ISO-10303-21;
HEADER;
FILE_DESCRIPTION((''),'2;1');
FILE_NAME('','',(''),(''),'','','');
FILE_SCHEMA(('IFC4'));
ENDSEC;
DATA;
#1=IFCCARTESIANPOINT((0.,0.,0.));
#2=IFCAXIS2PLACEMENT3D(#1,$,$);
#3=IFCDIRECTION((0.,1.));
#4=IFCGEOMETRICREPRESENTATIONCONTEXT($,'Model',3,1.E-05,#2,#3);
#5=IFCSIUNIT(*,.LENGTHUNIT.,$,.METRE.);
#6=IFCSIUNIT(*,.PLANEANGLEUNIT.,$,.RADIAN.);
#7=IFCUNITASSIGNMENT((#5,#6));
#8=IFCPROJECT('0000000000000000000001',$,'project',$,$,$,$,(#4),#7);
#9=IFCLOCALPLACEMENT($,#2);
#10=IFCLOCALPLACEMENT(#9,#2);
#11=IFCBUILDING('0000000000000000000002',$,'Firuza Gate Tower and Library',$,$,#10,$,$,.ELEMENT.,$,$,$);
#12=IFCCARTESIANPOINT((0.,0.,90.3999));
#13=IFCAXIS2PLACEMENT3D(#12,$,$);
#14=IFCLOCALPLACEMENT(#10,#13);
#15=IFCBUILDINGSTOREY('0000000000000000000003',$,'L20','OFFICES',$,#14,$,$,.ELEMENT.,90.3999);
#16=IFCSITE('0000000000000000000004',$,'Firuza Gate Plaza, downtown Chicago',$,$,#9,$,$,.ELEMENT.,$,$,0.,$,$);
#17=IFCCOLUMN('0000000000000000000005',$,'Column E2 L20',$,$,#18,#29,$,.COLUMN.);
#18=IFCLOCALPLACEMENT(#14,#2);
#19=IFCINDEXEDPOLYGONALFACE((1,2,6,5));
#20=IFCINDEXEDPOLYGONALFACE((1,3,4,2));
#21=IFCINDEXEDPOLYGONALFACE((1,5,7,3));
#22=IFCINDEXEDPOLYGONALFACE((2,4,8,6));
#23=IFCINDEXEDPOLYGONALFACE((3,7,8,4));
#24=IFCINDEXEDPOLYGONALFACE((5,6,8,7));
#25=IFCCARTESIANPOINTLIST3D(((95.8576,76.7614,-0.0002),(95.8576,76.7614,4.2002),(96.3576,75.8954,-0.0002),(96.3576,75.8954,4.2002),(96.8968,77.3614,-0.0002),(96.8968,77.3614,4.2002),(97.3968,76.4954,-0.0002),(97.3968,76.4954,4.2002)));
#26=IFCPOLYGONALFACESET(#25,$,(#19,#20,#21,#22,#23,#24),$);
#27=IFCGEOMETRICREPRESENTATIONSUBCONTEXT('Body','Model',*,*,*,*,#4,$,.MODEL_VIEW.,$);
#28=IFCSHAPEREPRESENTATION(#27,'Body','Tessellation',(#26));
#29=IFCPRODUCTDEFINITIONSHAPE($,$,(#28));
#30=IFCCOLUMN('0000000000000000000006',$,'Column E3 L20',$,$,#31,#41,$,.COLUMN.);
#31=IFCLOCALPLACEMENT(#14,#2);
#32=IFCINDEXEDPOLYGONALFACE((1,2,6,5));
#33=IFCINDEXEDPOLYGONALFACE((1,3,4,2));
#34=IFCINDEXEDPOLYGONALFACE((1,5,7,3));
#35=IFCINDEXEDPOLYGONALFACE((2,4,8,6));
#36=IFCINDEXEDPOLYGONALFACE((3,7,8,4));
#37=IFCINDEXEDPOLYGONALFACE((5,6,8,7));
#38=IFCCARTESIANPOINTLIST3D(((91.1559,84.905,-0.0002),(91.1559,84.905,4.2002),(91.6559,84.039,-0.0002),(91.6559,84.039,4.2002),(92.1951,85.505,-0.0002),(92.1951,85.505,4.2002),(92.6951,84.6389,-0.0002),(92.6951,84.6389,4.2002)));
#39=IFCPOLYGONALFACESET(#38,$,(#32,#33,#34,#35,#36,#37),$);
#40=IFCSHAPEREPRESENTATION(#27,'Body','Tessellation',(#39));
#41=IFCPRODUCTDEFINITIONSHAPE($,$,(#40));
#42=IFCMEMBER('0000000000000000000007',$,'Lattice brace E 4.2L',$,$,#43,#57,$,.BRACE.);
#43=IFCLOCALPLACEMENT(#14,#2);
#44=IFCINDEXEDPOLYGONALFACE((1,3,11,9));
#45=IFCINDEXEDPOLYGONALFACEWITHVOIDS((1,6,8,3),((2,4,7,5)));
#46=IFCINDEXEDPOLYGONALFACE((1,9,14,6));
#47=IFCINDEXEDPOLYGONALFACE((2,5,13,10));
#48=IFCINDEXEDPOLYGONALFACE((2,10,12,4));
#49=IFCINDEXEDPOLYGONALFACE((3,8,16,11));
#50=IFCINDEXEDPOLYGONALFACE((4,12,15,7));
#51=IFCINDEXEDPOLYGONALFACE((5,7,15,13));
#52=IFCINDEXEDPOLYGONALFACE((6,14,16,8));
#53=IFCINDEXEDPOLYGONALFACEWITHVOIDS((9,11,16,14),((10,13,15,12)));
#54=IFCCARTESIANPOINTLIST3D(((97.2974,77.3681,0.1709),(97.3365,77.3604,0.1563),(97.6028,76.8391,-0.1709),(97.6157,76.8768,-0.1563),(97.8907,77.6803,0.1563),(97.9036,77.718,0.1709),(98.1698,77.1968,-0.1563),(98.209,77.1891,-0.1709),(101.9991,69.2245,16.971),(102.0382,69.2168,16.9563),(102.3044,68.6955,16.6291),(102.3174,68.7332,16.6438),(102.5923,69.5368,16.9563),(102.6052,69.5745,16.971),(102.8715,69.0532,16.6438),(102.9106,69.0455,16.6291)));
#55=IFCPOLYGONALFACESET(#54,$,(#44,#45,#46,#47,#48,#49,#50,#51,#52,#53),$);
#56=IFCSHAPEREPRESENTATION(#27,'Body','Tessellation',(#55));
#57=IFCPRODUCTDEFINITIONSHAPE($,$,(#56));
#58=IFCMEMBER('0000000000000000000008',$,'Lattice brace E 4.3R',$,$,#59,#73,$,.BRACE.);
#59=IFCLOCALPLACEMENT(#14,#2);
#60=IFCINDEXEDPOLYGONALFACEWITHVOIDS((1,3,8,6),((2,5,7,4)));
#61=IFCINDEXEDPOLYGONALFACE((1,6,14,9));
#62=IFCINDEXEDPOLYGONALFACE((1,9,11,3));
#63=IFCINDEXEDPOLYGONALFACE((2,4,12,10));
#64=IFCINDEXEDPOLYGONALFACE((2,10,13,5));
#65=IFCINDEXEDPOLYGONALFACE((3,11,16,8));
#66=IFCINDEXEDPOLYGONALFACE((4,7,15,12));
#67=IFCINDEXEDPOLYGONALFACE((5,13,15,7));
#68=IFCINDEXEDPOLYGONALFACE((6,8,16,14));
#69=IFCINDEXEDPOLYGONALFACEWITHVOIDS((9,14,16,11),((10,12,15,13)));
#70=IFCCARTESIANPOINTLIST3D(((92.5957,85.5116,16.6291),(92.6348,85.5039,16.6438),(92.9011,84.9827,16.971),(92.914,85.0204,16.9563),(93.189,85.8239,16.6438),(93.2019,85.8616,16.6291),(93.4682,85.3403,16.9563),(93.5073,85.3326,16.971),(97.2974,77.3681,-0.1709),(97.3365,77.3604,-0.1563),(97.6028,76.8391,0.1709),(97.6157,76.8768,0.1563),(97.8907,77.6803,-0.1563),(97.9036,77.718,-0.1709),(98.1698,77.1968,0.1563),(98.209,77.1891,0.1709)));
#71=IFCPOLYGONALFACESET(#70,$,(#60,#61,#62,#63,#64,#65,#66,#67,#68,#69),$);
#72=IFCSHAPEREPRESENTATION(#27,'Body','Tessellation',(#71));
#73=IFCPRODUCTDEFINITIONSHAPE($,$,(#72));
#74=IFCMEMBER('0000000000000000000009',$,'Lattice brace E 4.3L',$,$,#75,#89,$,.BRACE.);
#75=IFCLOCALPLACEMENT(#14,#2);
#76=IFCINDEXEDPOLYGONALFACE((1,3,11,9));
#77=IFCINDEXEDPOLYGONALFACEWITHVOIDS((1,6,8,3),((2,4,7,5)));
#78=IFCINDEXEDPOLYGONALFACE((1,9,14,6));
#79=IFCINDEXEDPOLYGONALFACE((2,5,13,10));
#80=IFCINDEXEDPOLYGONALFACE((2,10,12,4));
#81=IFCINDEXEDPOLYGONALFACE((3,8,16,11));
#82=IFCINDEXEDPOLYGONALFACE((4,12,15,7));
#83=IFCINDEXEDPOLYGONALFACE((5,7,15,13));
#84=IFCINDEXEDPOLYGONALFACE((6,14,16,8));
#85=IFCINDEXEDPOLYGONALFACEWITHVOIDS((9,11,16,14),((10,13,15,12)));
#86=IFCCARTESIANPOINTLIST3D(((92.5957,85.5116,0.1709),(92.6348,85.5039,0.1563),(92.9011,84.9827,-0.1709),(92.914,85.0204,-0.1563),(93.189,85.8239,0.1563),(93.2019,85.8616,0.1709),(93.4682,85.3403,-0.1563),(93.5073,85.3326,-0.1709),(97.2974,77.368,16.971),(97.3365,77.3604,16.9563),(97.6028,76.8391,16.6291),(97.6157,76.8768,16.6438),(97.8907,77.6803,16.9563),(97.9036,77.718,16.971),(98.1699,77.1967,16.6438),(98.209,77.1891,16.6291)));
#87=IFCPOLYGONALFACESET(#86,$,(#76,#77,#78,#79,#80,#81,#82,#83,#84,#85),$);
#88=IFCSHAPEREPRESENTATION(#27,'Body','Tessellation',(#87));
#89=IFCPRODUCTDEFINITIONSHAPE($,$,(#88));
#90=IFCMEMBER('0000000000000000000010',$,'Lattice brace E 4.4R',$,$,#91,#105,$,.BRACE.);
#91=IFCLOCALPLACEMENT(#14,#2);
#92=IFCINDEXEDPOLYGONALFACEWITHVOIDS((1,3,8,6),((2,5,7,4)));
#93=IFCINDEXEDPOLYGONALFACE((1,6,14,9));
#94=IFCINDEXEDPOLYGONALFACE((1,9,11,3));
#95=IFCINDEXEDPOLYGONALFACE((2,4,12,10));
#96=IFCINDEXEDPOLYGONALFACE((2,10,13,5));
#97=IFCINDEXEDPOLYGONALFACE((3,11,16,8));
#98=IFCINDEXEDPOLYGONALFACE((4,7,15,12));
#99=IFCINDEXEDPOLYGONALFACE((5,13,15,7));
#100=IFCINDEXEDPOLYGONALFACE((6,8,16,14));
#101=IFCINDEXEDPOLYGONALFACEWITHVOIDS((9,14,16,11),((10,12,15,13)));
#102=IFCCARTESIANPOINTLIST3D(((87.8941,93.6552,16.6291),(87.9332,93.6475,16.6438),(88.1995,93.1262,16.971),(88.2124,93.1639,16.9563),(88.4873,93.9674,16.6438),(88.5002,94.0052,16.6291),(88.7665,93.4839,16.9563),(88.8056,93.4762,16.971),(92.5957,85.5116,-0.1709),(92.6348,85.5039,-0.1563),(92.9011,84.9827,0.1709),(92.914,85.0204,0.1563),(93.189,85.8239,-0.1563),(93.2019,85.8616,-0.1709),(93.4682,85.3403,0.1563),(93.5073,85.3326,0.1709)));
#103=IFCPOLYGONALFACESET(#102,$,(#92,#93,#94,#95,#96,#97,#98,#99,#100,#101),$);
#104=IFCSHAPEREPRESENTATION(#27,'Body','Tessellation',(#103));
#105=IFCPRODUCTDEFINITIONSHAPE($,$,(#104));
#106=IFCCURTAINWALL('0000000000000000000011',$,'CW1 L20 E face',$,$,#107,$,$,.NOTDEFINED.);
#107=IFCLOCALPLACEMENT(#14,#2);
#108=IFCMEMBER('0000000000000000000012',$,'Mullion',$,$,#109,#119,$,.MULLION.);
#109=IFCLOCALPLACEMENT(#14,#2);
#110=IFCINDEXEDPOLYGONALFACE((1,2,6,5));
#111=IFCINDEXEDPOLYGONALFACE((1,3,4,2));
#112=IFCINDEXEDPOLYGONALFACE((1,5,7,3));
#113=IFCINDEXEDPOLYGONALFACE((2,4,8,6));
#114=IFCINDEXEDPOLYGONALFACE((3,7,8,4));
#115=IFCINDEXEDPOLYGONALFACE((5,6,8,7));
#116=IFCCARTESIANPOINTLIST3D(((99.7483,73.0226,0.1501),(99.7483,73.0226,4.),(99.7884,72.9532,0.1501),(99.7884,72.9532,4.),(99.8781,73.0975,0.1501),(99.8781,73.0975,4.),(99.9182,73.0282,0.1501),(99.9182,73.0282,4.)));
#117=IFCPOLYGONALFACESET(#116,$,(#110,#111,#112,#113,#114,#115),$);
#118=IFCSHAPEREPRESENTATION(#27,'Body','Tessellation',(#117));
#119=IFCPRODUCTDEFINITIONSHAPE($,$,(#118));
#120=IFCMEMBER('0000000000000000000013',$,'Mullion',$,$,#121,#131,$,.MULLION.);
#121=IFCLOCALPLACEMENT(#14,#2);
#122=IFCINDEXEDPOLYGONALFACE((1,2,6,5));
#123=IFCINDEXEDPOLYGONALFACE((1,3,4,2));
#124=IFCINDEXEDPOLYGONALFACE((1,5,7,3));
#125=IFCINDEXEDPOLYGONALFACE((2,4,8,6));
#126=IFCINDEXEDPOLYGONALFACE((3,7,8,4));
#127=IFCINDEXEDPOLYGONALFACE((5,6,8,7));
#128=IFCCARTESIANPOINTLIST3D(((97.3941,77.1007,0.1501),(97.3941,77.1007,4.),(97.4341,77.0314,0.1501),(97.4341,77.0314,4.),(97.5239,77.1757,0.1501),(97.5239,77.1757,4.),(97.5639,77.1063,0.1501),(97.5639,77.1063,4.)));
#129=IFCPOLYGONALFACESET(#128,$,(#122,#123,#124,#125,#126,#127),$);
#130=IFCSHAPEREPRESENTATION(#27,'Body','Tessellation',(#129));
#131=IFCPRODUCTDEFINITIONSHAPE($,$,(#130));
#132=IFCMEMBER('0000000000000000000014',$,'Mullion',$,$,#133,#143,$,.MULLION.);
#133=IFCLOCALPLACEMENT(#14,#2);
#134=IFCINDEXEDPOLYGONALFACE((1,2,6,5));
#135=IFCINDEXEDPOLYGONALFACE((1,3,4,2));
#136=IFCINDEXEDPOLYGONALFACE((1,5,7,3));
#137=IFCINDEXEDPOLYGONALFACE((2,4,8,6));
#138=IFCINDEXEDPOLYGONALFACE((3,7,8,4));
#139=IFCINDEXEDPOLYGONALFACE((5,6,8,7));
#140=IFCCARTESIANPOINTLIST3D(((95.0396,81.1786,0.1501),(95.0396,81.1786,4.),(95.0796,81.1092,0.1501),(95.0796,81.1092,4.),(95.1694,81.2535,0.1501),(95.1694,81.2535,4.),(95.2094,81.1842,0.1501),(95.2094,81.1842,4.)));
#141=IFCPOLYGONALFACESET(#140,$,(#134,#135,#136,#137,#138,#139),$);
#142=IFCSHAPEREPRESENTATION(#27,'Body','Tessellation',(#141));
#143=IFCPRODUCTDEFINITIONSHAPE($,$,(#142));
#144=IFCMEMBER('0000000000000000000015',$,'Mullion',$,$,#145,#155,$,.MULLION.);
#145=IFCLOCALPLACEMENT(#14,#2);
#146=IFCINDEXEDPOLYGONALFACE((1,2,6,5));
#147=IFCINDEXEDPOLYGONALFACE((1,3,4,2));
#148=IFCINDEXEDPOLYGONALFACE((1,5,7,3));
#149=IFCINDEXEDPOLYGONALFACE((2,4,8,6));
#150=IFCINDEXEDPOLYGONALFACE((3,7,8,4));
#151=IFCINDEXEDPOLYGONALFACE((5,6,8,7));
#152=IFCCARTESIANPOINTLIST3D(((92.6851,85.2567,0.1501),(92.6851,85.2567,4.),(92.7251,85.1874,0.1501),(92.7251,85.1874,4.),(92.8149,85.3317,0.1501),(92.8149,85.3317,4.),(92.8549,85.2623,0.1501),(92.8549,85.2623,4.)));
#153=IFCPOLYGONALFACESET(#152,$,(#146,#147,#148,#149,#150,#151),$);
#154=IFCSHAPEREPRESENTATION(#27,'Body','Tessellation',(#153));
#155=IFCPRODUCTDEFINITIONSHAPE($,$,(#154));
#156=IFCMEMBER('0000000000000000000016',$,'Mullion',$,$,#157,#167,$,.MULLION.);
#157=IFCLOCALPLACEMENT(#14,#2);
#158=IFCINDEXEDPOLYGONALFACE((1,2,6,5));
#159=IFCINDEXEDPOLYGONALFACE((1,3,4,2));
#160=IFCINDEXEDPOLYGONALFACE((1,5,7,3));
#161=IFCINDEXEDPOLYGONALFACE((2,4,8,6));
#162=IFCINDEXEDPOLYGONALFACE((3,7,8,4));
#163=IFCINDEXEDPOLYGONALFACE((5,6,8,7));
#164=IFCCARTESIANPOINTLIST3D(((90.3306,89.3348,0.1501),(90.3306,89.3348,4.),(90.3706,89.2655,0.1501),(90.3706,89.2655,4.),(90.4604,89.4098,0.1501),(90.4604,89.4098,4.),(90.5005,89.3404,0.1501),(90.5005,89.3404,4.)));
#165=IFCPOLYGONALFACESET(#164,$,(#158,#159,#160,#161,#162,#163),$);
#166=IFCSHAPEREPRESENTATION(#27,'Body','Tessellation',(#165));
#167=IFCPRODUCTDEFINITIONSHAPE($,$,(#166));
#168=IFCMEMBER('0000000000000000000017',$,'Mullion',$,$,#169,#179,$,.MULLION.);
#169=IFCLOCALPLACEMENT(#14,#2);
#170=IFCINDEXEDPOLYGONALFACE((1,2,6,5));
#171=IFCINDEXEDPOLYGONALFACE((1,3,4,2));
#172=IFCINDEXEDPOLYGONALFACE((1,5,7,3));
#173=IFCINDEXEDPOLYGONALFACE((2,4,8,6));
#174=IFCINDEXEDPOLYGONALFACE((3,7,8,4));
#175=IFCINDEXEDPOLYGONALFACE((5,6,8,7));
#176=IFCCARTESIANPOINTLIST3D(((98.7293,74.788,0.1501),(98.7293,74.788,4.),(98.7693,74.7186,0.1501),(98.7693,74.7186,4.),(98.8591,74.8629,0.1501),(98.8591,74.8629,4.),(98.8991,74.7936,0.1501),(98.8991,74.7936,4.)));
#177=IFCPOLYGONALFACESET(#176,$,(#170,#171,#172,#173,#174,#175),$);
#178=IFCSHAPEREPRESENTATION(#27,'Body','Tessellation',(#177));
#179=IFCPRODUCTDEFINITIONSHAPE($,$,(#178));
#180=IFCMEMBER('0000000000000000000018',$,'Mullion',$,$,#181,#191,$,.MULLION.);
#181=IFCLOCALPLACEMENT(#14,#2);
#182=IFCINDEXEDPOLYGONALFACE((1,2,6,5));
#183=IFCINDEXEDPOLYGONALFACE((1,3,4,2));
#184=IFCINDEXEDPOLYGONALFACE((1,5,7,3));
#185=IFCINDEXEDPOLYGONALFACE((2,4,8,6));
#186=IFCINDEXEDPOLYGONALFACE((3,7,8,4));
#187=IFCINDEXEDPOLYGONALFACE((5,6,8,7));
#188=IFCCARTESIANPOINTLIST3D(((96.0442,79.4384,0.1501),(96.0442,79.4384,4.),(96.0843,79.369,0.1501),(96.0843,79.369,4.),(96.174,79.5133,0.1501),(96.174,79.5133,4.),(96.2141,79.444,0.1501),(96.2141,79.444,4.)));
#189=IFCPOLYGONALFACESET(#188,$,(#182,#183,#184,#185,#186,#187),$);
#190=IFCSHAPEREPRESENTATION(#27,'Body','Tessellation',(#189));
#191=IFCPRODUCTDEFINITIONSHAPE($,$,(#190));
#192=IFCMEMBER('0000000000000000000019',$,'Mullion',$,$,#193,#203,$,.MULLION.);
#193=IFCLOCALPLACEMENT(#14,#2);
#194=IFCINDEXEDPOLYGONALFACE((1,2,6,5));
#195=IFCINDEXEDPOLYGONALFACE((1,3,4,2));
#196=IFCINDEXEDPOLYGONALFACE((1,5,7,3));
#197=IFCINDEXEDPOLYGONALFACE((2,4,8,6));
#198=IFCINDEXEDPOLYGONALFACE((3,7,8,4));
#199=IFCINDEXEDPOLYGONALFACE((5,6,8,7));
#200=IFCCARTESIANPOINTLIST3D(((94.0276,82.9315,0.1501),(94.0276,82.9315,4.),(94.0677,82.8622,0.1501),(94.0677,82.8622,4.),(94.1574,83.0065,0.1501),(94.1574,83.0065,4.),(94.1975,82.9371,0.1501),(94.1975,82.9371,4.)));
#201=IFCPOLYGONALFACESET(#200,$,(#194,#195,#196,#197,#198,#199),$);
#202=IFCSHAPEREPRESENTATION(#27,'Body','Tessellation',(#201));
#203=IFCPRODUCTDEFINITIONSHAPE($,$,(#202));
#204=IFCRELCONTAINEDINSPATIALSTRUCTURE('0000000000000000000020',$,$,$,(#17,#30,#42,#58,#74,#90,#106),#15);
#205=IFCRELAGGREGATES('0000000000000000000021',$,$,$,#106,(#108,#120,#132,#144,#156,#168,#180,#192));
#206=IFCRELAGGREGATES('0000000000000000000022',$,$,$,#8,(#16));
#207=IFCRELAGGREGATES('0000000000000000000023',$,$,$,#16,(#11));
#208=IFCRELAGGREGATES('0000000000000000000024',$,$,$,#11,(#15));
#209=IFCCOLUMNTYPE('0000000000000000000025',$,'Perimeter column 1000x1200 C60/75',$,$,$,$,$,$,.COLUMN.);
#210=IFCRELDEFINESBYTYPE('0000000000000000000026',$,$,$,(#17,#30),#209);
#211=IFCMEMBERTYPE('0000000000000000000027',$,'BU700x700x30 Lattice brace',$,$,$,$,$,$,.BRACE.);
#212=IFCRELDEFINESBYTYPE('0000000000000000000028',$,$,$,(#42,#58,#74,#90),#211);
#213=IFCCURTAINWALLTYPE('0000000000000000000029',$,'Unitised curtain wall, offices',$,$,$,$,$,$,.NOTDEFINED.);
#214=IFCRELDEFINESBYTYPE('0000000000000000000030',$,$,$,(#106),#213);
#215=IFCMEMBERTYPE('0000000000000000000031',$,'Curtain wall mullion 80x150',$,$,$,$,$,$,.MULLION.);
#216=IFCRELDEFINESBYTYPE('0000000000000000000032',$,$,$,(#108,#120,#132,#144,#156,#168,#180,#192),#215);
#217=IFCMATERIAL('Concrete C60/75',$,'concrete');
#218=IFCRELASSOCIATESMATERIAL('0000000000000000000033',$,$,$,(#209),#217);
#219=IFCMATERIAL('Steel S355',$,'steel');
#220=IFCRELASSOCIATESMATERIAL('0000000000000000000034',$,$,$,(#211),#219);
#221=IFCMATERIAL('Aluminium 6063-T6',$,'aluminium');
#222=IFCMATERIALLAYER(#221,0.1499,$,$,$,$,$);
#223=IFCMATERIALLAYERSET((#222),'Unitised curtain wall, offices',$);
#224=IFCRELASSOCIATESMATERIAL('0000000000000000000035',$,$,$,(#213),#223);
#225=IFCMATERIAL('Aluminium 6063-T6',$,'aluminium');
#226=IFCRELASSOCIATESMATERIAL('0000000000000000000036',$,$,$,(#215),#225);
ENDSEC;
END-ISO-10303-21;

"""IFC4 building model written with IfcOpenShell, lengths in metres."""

from ifc_helpers import new_model, si_unit, direction, frame, origin, origin_2d, place, context, subcontext, project, spatial, rectangle, hollow_rectangle, extrude, material, layer, layer_set, material_profile, profile_set, type_object, element, aggregate, save


model = new_model("IFC4")

# Units and contexts
model_context = context("Model", 3, precision=1e-05, world=origin(), true_north=direction((0.0, 1.0)))
body_context = subcontext(model_context, "Body", "Model", "MODEL_VIEW")
ifc_project = project(units=[si_unit("LENGTHUNIT", "METRE"), si_unit("PLANEANGLEUNIT", "RADIAN")], contexts=[model_context])

# Site, building, storey
site_placement = place(None, origin())
site = spatial("IfcSite", under=ifc_project, at=site_placement, Name="Firuza Gate Plaza, downtown Chicago", CompositionType="ELEMENT", RefElevation=0.0)
building_placement = place(site_placement, origin())
building = spatial("IfcBuilding", under=site, at=building_placement, Name="Firuza Gate Tower and Library", CompositionType="ELEMENT")
storey_placement = place(building_placement, frame((0.0, 0.0, 90.3999)))
storey = spatial("IfcBuildingStorey", under=building, at=storey_placement, Name="L20", Description="OFFICES", CompositionType="ELEMENT", Elevation=90.3999)

# Columns
ifc_material_1 = material(Name="Concrete C60/75", Category="concrete")
ifc_material_profile_1 = material_profile(ifc_material_1, rectangle(XDim=1.0, YDim=1.2, at=origin_2d()))
ifc_profile_set_1 = profile_set([ifc_material_profile_1], Name="Concrete C60/75")
column_type = type_object("IfcColumnType", Name="Perimeter column 1000x1200 C60/75", PredefinedType="COLUMN", material=ifc_profile_set_1)
for number, where, z_axis, x_axis, name in (
    (1, (96.6272, 76.6284, -0.0002), (0.0, 0.0, 1.0), (-0.5, 0.866025, 0.0), "Column E2 L20"),
    (2, (91.9255, 84.772, -0.0002), (0.0, 0.0, 1.0), (-0.5, 0.866025, 0.0), "Column E3 L20"),
):
    element("IfcColumn", number, at=place(storey_placement, frame(where, z_axis=z_axis, x_axis=x_axis)), inside=storey, type_object=column_type, Name=name, PredefinedType="COLUMN", context=body_context, shape_type="SweptSolid", body=[
        extrude(rectangle(XDim=1.0, YDim=1.2, at=origin_2d()), origin(), (0.0, 0.0, 1.0), 4.2004),
    ])

# Members
ifc_material_2 = material(Name="Steel S355", Category="steel")
ifc_material_profile_2 = material_profile(ifc_material_2, hollow_rectangle(XDim=0.7, YDim=0.7, WallThickness=0.03, at=origin_2d()))
ifc_profile_set_2 = profile_set([ifc_material_profile_2], Name="Steel S355")
member_type_1 = type_object("IfcMemberType", Name="BU700x700x30 Lattice brace", PredefinedType="BRACE", material=ifc_profile_set_2)
for number, where, z_axis, x_axis, name in (
    (3, (97.7532, 77.2786, 0.0), (0.244208, -0.422983, 0.872609), (0.866026, 0.499998, 0.0), "Lattice brace E 4.2L"),
    (4, (97.7532, 77.2786, 0.0), (-0.244208, 0.422983, 0.872609), (-0.866026, -0.499998, 0.0), "Lattice brace E 4.3R"),
    (5, (93.0515, 85.4221, 0.0), (0.244208, -0.422983, 0.872609), (0.866026, 0.499998, 0.0), "Lattice brace E 4.3L"),
    (6, (93.0515, 85.4221, 0.0), (-0.244208, 0.422983, 0.872609), (-0.866026, -0.499998, 0.0), "Lattice brace E 4.4R"),
):
    element("IfcMember", number, at=place(storey_placement, frame(where, z_axis=z_axis, x_axis=x_axis)), inside=storey, type_object=member_type_1, Name=name, PredefinedType="BRACE", context=body_context, shape_type="SweptSolid", body=[
        extrude(hollow_rectangle(XDim=0.7, YDim=0.7, WallThickness=0.03, at=origin_2d()), origin(), (0.0, 0.0, 1.0), 19.2527),
    ])

# Curtain wall, members
ifc_material_3 = material(Name="Aluminium 6063-T6", Category="aluminium")
ifc_layer_1 = layer(ifc_material_3, 0.1499)
ifc_layer_set_1 = layer_set([ifc_layer_1], Name="Unitised curtain wall, offices")
curtain_wall_type = type_object("IfcCurtainWallType", Name="Unitised curtain wall, offices", PredefinedType="NOTDEFINED", material=ifc_layer_set_1)
curtain_wall_placement = place(storey_placement, origin())
curtain_wall = element("IfcCurtainWall", 7, at=curtain_wall_placement, inside=storey, type_object=curtain_wall_type, Name="CW1 L20 E face", PredefinedType="NOTDEFINED")
ifc_material_4 = material(Name="Aluminium 6063-T6", Category="aluminium")
ifc_material_profile_3 = material_profile(ifc_material_4, rectangle(XDim=0.1499, YDim=0.0801, at=origin_2d()))
ifc_profile_set_3 = profile_set([ifc_material_profile_3], Name="Aluminium 6063-T6")
member_type_2 = type_object("IfcMemberType", Name="Curtain wall mullion 80x150", PredefinedType="MULLION", material=ifc_profile_set_3)
member_1_placement = place(storey_placement, frame((99.8333, 73.0254, 0.1501), z_axis=(0.0, 0.0, 1.0), x_axis=(-0.866025, -0.5, 0.0)))
member_1 = element("IfcMember", 8, at=member_1_placement, type_object=member_type_2, Name="Mullion", PredefinedType="MULLION", context=body_context, shape_type="SweptSolid", body=[
    extrude(rectangle(XDim=0.1499, YDim=0.0801, at=origin_2d()), origin(), (0.0, 0.0, 1.0), 3.8499),
])
member_2_placement = place(storey_placement, frame((97.479, 77.1035, 0.1501), z_axis=(0.0, 0.0, 1.0), x_axis=(-0.866025, -0.5, 0.0)))
member_2 = element("IfcMember", 9, at=member_2_placement, type_object=member_type_2, Name="Mullion", PredefinedType="MULLION", context=body_context, shape_type="SweptSolid", body=[
    extrude(rectangle(XDim=0.1499, YDim=0.0801, at=origin_2d()), origin(), (0.0, 0.0, 1.0), 3.8499),
])
member_3_placement = place(storey_placement, frame((95.1245, 81.1814, 0.1501), z_axis=(0.0, 0.0, 1.0), x_axis=(-0.866025, -0.5, 0.0)))
member_3 = element("IfcMember", 10, at=member_3_placement, type_object=member_type_2, Name="Mullion", PredefinedType="MULLION", context=body_context, shape_type="SweptSolid", body=[
    extrude(rectangle(XDim=0.1499, YDim=0.0801, at=origin_2d()), origin(), (0.0, 0.0, 1.0), 3.8499),
])
member_4_placement = place(storey_placement, frame((92.77, 85.2595, 0.1501), z_axis=(0.0, 0.0, 1.0), x_axis=(-0.866025, -0.5, 0.0)))
member_4 = element("IfcMember", 11, at=member_4_placement, type_object=member_type_2, Name="Mullion", PredefinedType="MULLION", context=body_context, shape_type="SweptSolid", body=[
    extrude(rectangle(XDim=0.1499, YDim=0.0801, at=origin_2d()), origin(), (0.0, 0.0, 1.0), 3.8499),
])
member_5_placement = place(storey_placement, frame((90.4155, 89.3376, 0.1501), z_axis=(0.0, 0.0, 1.0), x_axis=(-0.866025, -0.5, 0.0)))
member_5 = element("IfcMember", 12, at=member_5_placement, type_object=member_type_2, Name="Mullion", PredefinedType="MULLION", context=body_context, shape_type="SweptSolid", body=[
    extrude(rectangle(XDim=0.1499, YDim=0.0801, at=origin_2d()), origin(), (0.0, 0.0, 1.0), 3.8499),
])
member_6_placement = place(storey_placement, frame((98.8142, 74.7908, 0.1501), z_axis=(0.0, 0.0, 1.0), x_axis=(-0.866025, -0.5, 0.0)))
member_6 = element("IfcMember", 13, at=member_6_placement, type_object=member_type_2, Name="Mullion", PredefinedType="MULLION", context=body_context, shape_type="SweptSolid", body=[
    extrude(rectangle(XDim=0.1499, YDim=0.0801, at=origin_2d()), origin(), (0.0, 0.0, 1.0), 3.8499),
])
member_7_placement = place(storey_placement, frame((96.1292, 79.4412, 0.1501), z_axis=(0.0, 0.0, 1.0), x_axis=(-0.866025, -0.5, 0.0)))
member_7 = element("IfcMember", 14, at=member_7_placement, type_object=member_type_2, Name="Mullion", PredefinedType="MULLION", context=body_context, shape_type="SweptSolid", body=[
    extrude(rectangle(XDim=0.1499, YDim=0.0801, at=origin_2d()), origin(), (0.0, 0.0, 1.0), 3.8499),
])
member_8_placement = place(storey_placement, frame((94.1125, 82.9343, 0.1501), z_axis=(0.0, 0.0, 1.0), x_axis=(-0.866025, -0.5, 0.0)))
member_8 = element("IfcMember", 15, at=member_8_placement, type_object=member_type_2, Name="Mullion", PredefinedType="MULLION", context=body_context, shape_type="SweptSolid", body=[
    extrude(rectangle(XDim=0.1499, YDim=0.0801, at=origin_2d()), origin(), (0.0, 0.0, 1.0), 3.8499),
])

aggregate(curtain_wall, [member_1, member_2, member_3, member_4, member_5, member_6, member_7, member_8])

save(model, "model.ifc")
